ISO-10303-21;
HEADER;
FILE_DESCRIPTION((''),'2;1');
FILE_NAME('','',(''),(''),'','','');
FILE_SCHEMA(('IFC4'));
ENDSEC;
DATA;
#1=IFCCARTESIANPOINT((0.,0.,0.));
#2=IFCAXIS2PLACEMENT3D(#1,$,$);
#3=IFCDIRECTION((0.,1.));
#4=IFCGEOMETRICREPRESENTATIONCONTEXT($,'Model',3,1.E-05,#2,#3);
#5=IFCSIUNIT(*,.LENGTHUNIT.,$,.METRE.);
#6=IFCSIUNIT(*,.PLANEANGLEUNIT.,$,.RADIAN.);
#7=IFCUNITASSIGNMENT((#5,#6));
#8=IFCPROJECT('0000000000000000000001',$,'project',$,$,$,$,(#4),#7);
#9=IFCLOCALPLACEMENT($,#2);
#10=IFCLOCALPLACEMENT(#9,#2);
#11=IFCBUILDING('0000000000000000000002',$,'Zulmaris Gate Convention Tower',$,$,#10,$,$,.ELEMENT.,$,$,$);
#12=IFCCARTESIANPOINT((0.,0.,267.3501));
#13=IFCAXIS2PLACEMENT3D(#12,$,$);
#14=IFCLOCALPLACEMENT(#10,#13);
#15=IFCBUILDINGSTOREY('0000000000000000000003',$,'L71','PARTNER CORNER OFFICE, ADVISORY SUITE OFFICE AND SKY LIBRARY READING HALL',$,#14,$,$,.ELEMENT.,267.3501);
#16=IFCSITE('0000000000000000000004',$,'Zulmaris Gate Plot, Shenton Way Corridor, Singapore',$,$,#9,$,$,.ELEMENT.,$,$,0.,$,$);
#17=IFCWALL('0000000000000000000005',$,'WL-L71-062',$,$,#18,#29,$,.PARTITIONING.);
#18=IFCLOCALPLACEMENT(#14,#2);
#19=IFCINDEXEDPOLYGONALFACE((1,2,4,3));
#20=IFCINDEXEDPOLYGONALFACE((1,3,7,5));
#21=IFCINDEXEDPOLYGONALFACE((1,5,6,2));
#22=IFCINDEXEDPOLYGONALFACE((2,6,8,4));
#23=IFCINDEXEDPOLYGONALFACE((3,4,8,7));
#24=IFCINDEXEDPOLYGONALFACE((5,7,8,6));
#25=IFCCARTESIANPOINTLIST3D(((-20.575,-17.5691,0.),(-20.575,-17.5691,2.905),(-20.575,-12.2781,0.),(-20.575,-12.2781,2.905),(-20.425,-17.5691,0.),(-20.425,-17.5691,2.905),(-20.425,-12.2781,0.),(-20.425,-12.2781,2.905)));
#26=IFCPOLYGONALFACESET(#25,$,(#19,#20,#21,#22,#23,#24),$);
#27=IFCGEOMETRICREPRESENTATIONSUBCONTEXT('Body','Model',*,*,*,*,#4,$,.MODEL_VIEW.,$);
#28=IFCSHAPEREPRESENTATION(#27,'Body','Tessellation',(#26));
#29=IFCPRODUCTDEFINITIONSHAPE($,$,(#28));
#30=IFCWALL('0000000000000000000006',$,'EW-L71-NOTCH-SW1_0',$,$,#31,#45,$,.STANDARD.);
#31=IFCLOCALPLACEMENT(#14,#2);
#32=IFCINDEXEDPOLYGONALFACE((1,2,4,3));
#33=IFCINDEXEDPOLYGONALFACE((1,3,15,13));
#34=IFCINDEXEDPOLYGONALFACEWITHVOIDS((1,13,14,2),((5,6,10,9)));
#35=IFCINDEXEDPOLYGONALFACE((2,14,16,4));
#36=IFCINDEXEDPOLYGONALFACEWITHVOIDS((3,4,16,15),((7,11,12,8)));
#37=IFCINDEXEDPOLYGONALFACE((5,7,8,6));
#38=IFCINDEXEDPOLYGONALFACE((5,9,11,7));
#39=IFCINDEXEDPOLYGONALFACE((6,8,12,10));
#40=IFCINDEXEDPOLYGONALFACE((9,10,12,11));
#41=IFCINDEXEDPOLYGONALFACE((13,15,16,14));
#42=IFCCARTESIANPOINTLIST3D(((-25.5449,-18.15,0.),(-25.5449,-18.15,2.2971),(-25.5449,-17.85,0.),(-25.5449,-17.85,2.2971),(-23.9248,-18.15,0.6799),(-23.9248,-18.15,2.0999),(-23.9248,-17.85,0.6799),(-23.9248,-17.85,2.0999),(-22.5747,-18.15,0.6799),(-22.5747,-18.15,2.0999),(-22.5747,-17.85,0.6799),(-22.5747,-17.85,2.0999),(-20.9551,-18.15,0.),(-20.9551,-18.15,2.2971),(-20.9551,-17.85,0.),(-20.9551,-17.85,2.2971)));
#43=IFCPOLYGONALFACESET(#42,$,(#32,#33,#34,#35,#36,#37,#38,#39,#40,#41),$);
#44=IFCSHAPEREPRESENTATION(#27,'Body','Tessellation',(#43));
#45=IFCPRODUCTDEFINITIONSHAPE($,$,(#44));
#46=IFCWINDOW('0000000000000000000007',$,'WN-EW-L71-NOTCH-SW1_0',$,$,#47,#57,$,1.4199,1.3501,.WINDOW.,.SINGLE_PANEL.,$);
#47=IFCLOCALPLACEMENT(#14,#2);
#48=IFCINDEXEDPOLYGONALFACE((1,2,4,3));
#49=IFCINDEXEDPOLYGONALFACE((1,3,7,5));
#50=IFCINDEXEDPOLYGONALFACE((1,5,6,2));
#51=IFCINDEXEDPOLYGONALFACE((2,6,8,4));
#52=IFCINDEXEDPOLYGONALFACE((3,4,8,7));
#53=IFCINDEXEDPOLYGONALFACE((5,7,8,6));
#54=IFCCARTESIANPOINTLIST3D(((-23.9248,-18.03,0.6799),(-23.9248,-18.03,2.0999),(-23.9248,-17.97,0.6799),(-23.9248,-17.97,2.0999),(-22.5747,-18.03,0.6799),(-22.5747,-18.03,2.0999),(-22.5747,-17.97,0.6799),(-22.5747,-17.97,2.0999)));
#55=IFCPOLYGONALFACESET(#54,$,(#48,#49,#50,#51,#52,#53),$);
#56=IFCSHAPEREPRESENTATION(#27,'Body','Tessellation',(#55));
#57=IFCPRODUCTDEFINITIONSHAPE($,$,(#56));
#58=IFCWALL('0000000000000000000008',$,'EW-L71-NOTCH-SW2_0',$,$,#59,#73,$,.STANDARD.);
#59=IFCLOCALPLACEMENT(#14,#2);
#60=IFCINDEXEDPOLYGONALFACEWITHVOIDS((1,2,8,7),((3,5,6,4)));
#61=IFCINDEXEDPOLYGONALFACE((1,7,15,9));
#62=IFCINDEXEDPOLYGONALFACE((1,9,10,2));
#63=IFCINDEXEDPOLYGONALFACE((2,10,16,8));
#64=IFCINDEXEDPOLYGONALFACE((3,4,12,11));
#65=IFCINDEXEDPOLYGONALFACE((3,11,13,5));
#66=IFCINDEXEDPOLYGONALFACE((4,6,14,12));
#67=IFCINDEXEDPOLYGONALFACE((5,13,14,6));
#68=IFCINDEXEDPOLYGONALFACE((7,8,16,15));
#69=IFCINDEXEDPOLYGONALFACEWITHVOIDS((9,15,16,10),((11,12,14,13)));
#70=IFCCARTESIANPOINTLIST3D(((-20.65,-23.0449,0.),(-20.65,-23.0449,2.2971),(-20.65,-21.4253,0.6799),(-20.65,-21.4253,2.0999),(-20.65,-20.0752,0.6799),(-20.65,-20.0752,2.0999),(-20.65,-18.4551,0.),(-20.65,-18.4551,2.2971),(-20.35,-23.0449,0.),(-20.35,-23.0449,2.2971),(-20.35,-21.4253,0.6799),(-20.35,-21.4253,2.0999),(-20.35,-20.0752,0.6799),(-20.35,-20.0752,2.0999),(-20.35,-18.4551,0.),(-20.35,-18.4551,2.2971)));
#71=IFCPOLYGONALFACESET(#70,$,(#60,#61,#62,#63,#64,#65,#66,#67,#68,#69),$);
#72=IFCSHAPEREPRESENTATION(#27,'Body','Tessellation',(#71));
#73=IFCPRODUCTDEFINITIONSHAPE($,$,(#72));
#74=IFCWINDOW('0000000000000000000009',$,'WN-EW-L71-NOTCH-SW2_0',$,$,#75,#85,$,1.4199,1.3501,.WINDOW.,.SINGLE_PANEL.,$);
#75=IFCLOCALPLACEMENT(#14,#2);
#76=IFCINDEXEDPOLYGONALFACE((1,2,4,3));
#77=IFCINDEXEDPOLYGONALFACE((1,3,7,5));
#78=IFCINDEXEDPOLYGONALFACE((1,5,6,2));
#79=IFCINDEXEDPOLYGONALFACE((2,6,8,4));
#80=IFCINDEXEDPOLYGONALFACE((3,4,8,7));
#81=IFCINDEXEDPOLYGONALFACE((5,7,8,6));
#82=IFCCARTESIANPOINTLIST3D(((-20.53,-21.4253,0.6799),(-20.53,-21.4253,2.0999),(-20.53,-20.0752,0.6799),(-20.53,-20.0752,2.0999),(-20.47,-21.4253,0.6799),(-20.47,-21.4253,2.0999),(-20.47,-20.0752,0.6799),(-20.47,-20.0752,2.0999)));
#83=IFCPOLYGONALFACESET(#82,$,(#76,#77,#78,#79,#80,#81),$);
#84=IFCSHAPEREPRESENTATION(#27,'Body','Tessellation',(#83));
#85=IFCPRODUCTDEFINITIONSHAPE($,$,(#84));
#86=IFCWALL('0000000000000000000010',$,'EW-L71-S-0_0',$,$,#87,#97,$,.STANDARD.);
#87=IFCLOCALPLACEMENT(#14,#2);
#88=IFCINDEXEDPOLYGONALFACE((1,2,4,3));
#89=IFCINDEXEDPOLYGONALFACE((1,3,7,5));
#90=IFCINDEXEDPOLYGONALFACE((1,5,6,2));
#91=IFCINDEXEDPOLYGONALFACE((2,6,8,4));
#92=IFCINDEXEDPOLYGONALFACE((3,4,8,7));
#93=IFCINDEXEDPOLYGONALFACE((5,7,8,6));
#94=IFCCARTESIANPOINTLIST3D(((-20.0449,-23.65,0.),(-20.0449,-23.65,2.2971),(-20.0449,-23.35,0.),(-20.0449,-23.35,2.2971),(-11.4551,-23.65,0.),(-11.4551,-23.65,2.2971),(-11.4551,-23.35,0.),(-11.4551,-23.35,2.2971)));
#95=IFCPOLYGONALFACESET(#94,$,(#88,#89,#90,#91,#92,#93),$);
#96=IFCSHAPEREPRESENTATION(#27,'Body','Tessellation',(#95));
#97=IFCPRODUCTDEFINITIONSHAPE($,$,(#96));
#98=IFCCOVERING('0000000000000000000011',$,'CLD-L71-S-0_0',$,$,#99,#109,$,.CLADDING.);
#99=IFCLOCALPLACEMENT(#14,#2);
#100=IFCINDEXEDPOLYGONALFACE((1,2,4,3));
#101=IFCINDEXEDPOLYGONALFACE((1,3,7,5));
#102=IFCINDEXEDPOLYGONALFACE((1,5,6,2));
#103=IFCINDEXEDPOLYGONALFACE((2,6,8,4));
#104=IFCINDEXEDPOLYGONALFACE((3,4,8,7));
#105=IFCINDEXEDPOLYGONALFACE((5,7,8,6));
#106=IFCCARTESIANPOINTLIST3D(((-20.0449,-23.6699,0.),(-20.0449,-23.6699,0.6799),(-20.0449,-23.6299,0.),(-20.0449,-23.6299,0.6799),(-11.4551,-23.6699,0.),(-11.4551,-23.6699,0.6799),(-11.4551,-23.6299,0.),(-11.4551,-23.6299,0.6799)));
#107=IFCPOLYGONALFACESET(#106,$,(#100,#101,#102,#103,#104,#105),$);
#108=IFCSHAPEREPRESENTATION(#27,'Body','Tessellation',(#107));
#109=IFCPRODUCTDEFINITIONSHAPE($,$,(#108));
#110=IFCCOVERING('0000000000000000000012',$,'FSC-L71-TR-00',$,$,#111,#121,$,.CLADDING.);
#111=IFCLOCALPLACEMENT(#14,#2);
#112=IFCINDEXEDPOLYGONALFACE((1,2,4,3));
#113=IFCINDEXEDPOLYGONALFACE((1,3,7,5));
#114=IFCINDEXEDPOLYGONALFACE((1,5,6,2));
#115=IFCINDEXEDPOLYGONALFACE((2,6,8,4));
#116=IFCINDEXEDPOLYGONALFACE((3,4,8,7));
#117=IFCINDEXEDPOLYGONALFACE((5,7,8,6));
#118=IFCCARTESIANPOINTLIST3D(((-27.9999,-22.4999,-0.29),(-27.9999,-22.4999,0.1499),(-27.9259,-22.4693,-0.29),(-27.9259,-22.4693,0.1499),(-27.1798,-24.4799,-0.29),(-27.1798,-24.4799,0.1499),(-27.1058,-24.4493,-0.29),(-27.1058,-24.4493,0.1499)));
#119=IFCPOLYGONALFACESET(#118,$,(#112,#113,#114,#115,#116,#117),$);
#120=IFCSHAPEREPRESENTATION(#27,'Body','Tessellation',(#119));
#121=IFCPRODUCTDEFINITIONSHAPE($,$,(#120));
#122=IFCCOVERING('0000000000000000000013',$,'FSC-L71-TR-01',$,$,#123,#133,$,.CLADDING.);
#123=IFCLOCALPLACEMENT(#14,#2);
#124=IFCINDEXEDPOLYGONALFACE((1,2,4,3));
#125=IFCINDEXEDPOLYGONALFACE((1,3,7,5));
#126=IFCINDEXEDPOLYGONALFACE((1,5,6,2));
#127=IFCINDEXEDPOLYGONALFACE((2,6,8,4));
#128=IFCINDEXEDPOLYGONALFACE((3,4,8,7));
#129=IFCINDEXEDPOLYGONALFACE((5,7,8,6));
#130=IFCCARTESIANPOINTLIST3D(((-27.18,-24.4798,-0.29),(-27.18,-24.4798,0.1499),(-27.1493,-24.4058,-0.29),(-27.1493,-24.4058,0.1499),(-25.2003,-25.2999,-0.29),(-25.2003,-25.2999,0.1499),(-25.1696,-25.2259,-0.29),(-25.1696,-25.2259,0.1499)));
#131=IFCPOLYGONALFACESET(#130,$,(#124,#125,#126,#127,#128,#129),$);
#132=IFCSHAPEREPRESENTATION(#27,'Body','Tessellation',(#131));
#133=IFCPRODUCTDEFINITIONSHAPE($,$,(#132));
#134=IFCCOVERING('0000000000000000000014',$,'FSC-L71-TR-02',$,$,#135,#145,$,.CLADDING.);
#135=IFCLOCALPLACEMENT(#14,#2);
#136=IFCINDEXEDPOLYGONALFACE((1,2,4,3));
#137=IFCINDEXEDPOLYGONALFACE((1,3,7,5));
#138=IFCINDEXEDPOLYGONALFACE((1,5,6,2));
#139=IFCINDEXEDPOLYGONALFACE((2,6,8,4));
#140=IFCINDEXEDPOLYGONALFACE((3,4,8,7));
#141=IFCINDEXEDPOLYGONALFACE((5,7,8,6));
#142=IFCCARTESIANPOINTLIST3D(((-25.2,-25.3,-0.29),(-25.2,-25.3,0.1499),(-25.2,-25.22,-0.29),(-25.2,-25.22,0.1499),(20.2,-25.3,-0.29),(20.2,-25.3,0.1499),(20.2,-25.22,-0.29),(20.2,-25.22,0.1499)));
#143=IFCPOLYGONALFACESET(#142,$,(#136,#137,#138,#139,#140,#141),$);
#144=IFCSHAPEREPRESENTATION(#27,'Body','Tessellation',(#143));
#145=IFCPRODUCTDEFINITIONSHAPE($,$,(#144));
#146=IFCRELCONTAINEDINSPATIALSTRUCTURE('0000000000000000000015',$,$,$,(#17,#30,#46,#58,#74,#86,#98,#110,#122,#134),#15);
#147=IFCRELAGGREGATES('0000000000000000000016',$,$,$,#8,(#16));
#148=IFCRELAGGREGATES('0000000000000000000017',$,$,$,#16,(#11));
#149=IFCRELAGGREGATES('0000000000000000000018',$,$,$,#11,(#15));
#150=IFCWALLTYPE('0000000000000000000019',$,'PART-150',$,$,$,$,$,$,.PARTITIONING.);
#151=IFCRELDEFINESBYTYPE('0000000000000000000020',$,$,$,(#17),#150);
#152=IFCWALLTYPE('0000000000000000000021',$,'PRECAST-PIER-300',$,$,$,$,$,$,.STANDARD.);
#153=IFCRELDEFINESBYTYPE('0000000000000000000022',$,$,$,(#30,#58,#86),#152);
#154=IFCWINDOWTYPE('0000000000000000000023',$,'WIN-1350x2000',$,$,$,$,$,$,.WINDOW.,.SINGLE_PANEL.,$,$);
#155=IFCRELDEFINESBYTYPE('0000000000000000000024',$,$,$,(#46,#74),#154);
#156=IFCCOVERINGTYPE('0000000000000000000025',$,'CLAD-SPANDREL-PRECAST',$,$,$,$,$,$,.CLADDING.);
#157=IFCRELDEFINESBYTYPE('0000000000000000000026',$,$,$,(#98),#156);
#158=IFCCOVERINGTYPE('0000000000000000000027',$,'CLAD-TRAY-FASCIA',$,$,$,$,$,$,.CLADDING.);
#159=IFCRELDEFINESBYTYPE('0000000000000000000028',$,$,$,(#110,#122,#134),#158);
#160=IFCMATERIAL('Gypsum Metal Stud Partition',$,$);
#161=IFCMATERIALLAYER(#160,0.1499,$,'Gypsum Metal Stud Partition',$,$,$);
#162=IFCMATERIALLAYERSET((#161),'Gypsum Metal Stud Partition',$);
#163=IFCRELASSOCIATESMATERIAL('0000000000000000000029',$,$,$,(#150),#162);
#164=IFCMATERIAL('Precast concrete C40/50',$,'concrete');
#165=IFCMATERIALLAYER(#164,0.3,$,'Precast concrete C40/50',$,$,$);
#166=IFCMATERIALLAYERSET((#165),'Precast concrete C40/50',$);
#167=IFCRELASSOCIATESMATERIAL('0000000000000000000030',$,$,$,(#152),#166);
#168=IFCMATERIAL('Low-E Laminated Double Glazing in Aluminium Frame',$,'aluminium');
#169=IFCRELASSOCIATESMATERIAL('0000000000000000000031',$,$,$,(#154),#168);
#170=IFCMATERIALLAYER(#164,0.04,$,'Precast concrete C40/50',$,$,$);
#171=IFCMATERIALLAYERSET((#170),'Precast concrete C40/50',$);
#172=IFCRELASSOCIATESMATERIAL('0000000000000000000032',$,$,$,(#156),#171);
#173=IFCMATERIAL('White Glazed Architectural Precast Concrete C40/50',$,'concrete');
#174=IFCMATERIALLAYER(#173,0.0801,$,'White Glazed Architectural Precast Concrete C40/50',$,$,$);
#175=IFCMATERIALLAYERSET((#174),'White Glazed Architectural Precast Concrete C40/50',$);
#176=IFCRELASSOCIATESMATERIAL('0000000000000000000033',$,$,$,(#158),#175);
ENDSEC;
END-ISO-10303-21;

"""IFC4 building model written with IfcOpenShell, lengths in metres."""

from ifc_helpers import new_model, si_unit, direction, frame, frame_2d, origin, place, context, subcontext, project, spatial, rectangle, extrude, material, layer, layer_set, type_object, element, fill, save


model = new_model("IFC4")

# Units and contexts
model_context = context("Model", 3, precision=1e-05, world=origin(), true_north=direction((0.0, 1.0)))
body_context = subcontext(model_context, "Body", "Model", "MODEL_VIEW")
ifc_project = project(units=[si_unit("LENGTHUNIT", "METRE"), si_unit("PLANEANGLEUNIT", "RADIAN")], contexts=[model_context])

# Site, building, storey
site_placement = place(None, origin())
site = spatial("IfcSite", under=ifc_project, at=site_placement, Name="Zulmaris Gate Plot, Shenton Way Corridor, Singapore", CompositionType="ELEMENT", RefElevation=0.0)
building_placement = place(site_placement, origin())
building = spatial("IfcBuilding", under=site, at=building_placement, Name="Zulmaris Gate Convention Tower", CompositionType="ELEMENT")
storey_placement = place(building_placement, frame((0.0, 0.0, 267.3501)))
storey = spatial("IfcBuildingStorey", under=building, at=storey_placement, Name="L71", Description="PARTNER CORNER OFFICE, ADVISORY SUITE OFFICE AND SKY LIBRARY READING HALL", CompositionType="ELEMENT", Elevation=267.3501)

# Shared definitions
ifc_material_1 = material(Name="Gypsum Metal Stud Partition")
ifc_layer_1 = layer(ifc_material_1, 0.1499, Name="Gypsum Metal Stud Partition")
ifc_layer_set_1 = layer_set([ifc_layer_1], Name="Gypsum Metal Stud Partition")
wall_type_1 = type_object("IfcWallType", Name="PART-150", PredefinedType="PARTITIONING", material=ifc_layer_set_1)

# Wall
wall_1_placement = place(storey_placement, frame((-20.5, -17.5691, 0.0), z_axis=(0.0, 0.0, 1.0), x_axis=(0.0, 1.0, 0.0)))
element("IfcWall", 1, at=wall_1_placement, inside=storey, type_object=wall_type_1, Name="WL-L71-062", PredefinedType="PARTITIONING", context=body_context, shape_type="SweptSolid", body=[
    extrude(rectangle(XDim=5.291, YDim=0.1499, at=frame_2d((2.6455, 0.0))), origin(), (0.0, 0.0, 1.0), 2.905),
])

# Walls, openings, windows
ifc_material_2 = material(Name="Precast concrete C40/50", Category="concrete")
ifc_layer_2 = layer(ifc_material_2, 0.3, Name="Precast concrete C40/50")
ifc_layer_set_2 = layer_set([ifc_layer_2], Name="Precast concrete C40/50")
wall_type_2 = type_object("IfcWallType", Name="PRECAST-PIER-300", PredefinedType="STANDARD", material=ifc_layer_set_2)
wall_2_placement = place(storey_placement, frame((-25.5449, -18.0, 0.0), z_axis=(0.0, 0.0, 1.0), x_axis=(1.0, 0.0, 0.0)))
wall_2 = element("IfcWall", 2, at=wall_2_placement, inside=storey, type_object=wall_type_2, Name="EW-L71-NOTCH-SW1_0", PredefinedType="STANDARD", context=body_context, shape_type="SweptSolid", body=[
    extrude(rectangle(XDim=4.5898, YDim=0.3, at=frame_2d((2.2949, 0.0))), origin(), (0.0, 0.0, 1.0), 2.2971),
])
opening_1_placement = place(wall_2_placement, frame((1.6201, 0.0, 0.6799)))
opening_1 = element("IfcOpeningElement", 3, at=opening_1_placement, cuts=wall_2, PredefinedType="OPENING", context=body_context, shape_type="SweptSolid", body=[
    extrude(rectangle(XDim=1.3501, YDim=1.4199, at=frame_2d((0.675, 0.71))), frame((0.0, 0.1602, 0.0), z_axis=(0.0, -1.0, 0.0), x_axis=(1.0, 0.0, 0.0)), (0.0, 0.0, 1.0), 0.3201),
])
ifc_material_3 = material(Name="Low-E Laminated Double Glazing in Aluminium Frame", Category="aluminium")
window_type = type_object("IfcWindowType", Name="WIN-1350x2000", PartitioningType="SINGLE_PANEL", PredefinedType="WINDOW", material=ifc_material_3)
window_1_placement = place(opening_1_placement, origin())
window_1 = element("IfcWindow", 4, at=window_1_placement, inside=storey, type_object=window_type, Name="WN-EW-L71-NOTCH-SW1_0", OverallHeight=1.4199, OverallWidth=1.3501, PartitioningType="SINGLE_PANEL", PredefinedType="WINDOW", context=body_context, shape_type="SweptSolid", body=[
    extrude(rectangle(XDim=1.3501, YDim=1.4199, at=frame_2d((0.675, 0.71))), frame((0.0, 0.03, 0.0), z_axis=(0.0, -1.0, 0.0), x_axis=(1.0, 0.0, 0.0)), (0.0, 0.0, 1.0), 0.0601),
])
fill(opening_1, window_1)
wall_3_placement = place(storey_placement, frame((-20.5, -18.4551, 0.0), z_axis=(0.0, 0.0, 1.0), x_axis=(0.0, -1.0, 0.0)))
wall_3 = element("IfcWall", 5, at=wall_3_placement, inside=storey, type_object=wall_type_2, Name="EW-L71-NOTCH-SW2_0", PredefinedType="STANDARD", context=body_context, shape_type="SweptSolid", body=[
    extrude(rectangle(XDim=4.5898, YDim=0.3, at=frame_2d((2.2949, 0.0))), origin(), (0.0, 0.0, 1.0), 2.2971),
])
opening_2_placement = place(wall_3_placement, frame((1.6201, 0.0, 0.6799)))
opening_2 = element("IfcOpeningElement", 6, at=opening_2_placement, cuts=wall_3, PredefinedType="OPENING", context=body_context, shape_type="SweptSolid", body=[
    extrude(rectangle(XDim=1.3501, YDim=1.4199, at=frame_2d((0.675, 0.71))), frame((0.0, 0.1602, 0.0), z_axis=(0.0, -1.0, 0.0), x_axis=(1.0, 0.0, 0.0)), (0.0, 0.0, 1.0), 0.3201),
])
window_2_placement = place(opening_2_placement, origin())
window_2 = element("IfcWindow", 7, at=window_2_placement, inside=storey, type_object=window_type, Name="WN-EW-L71-NOTCH-SW2_0", OverallHeight=1.4199, OverallWidth=1.3501, PartitioningType="SINGLE_PANEL", PredefinedType="WINDOW", context=body_context, shape_type="SweptSolid", body=[
    extrude(rectangle(XDim=1.3501, YDim=1.4199, at=frame_2d((0.675, 0.71))), frame((0.0, 0.03, 0.0), z_axis=(0.0, -1.0, 0.0), x_axis=(1.0, 0.0, 0.0)), (0.0, 0.0, 1.0), 0.0601),
])
fill(opening_2, window_2)

# Wall
wall_4_placement = place(storey_placement, frame((-20.0449, -23.5, 0.0), z_axis=(0.0, 0.0, 1.0), x_axis=(1.0, 0.0, 0.0)))
element("IfcWall", 8, at=wall_4_placement, inside=storey, type_object=wall_type_2, Name="EW-L71-S-0_0", PredefinedType="STANDARD", context=body_context, shape_type="SweptSolid", body=[
    extrude(rectangle(XDim=8.5898, YDim=0.3, at=frame_2d((4.2949, 0.0))), origin(), (0.0, 0.0, 1.0), 2.2971),
])

# Coverings
ifc_layer_3 = layer(ifc_material_2, 0.04, Name="Precast concrete C40/50")
ifc_layer_set_3 = layer_set([ifc_layer_3], Name="Precast concrete C40/50")
covering_type_1 = type_object("IfcCoveringType", Name="CLAD-SPANDREL-PRECAST", PredefinedType="CLADDING", material=ifc_layer_set_3)
covering_1_placement = place(storey_placement, frame((-20.0449, -23.6499, 0.0), z_axis=(0.0, 0.0, 1.0), x_axis=(1.0, 0.0, 0.0)))
element("IfcCovering", 9, at=covering_1_placement, inside=storey, type_object=covering_type_1, Name="CLD-L71-S-0_0", PredefinedType="CLADDING", context=body_context, shape_type="SweptSolid", body=[
    extrude(rectangle(XDim=8.5898, YDim=0.04, at=frame_2d((4.2949, 0.0))), origin(), (0.0, 0.0, 1.0), 0.6799),
])
ifc_material_4 = material(Name="White Glazed Architectural Precast Concrete C40/50", Category="concrete")
ifc_layer_4 = layer(ifc_material_4, 0.0801, Name="White Glazed Architectural Precast Concrete C40/50")
ifc_layer_set_4 = layer_set([ifc_layer_4], Name="White Glazed Architectural Precast Concrete C40/50")
covering_type_2 = type_object("IfcCoveringType", Name="CLAD-TRAY-FASCIA", PredefinedType="CLADDING", material=ifc_layer_set_4)
covering_2_placement = place(storey_placement, frame((-27.9629, -22.4846, -0.29), z_axis=(0.0, 0.0, 1.0), x_axis=(0.382657, -0.92389, 0.0)))
element("IfcCovering", 10, at=covering_2_placement, inside=storey, type_object=covering_type_2, Name="FSC-L71-TR-00", PredefinedType="CLADDING", context=body_context, shape_type="SweptSolid", body=[
    extrude(rectangle(XDim=2.1431, YDim=0.0801, at=frame_2d((1.0715, 0.0))), origin(), (0.0, 0.0, 1.0), 0.4399),
])
covering_3_placement = place(storey_placement, frame((-27.1646, -24.4429, -0.29), z_axis=(0.0, 0.0, 1.0), x_axis=(0.923874, -0.382697, 0.0)))
element("IfcCovering", 11, at=covering_3_placement, inside=storey, type_object=covering_type_2, Name="FSC-L71-TR-01", PredefinedType="CLADDING", context=body_context, shape_type="SweptSolid", body=[
    extrude(rectangle(XDim=2.1428, YDim=0.0801, at=frame_2d((1.0713, 0.0))), origin(), (0.0, 0.0, 1.0), 0.4399),
])
covering_4_placement = place(storey_placement, frame((-25.2, -25.26, -0.29), z_axis=(0.0, 0.0, 1.0), x_axis=(1.0, 0.0, 0.0)))
element("IfcCovering", 12, at=covering_4_placement, inside=storey, type_object=covering_type_2, Name="FSC-L71-TR-02", PredefinedType="CLADDING", context=body_context, shape_type="SweptSolid", body=[
    extrude(rectangle(XDim=45.3999, YDim=0.0801, at=frame_2d((22.7, 0.0))), origin(), (0.0, 0.0, 1.0), 0.4399),
])

save(model, "model.ifc")
